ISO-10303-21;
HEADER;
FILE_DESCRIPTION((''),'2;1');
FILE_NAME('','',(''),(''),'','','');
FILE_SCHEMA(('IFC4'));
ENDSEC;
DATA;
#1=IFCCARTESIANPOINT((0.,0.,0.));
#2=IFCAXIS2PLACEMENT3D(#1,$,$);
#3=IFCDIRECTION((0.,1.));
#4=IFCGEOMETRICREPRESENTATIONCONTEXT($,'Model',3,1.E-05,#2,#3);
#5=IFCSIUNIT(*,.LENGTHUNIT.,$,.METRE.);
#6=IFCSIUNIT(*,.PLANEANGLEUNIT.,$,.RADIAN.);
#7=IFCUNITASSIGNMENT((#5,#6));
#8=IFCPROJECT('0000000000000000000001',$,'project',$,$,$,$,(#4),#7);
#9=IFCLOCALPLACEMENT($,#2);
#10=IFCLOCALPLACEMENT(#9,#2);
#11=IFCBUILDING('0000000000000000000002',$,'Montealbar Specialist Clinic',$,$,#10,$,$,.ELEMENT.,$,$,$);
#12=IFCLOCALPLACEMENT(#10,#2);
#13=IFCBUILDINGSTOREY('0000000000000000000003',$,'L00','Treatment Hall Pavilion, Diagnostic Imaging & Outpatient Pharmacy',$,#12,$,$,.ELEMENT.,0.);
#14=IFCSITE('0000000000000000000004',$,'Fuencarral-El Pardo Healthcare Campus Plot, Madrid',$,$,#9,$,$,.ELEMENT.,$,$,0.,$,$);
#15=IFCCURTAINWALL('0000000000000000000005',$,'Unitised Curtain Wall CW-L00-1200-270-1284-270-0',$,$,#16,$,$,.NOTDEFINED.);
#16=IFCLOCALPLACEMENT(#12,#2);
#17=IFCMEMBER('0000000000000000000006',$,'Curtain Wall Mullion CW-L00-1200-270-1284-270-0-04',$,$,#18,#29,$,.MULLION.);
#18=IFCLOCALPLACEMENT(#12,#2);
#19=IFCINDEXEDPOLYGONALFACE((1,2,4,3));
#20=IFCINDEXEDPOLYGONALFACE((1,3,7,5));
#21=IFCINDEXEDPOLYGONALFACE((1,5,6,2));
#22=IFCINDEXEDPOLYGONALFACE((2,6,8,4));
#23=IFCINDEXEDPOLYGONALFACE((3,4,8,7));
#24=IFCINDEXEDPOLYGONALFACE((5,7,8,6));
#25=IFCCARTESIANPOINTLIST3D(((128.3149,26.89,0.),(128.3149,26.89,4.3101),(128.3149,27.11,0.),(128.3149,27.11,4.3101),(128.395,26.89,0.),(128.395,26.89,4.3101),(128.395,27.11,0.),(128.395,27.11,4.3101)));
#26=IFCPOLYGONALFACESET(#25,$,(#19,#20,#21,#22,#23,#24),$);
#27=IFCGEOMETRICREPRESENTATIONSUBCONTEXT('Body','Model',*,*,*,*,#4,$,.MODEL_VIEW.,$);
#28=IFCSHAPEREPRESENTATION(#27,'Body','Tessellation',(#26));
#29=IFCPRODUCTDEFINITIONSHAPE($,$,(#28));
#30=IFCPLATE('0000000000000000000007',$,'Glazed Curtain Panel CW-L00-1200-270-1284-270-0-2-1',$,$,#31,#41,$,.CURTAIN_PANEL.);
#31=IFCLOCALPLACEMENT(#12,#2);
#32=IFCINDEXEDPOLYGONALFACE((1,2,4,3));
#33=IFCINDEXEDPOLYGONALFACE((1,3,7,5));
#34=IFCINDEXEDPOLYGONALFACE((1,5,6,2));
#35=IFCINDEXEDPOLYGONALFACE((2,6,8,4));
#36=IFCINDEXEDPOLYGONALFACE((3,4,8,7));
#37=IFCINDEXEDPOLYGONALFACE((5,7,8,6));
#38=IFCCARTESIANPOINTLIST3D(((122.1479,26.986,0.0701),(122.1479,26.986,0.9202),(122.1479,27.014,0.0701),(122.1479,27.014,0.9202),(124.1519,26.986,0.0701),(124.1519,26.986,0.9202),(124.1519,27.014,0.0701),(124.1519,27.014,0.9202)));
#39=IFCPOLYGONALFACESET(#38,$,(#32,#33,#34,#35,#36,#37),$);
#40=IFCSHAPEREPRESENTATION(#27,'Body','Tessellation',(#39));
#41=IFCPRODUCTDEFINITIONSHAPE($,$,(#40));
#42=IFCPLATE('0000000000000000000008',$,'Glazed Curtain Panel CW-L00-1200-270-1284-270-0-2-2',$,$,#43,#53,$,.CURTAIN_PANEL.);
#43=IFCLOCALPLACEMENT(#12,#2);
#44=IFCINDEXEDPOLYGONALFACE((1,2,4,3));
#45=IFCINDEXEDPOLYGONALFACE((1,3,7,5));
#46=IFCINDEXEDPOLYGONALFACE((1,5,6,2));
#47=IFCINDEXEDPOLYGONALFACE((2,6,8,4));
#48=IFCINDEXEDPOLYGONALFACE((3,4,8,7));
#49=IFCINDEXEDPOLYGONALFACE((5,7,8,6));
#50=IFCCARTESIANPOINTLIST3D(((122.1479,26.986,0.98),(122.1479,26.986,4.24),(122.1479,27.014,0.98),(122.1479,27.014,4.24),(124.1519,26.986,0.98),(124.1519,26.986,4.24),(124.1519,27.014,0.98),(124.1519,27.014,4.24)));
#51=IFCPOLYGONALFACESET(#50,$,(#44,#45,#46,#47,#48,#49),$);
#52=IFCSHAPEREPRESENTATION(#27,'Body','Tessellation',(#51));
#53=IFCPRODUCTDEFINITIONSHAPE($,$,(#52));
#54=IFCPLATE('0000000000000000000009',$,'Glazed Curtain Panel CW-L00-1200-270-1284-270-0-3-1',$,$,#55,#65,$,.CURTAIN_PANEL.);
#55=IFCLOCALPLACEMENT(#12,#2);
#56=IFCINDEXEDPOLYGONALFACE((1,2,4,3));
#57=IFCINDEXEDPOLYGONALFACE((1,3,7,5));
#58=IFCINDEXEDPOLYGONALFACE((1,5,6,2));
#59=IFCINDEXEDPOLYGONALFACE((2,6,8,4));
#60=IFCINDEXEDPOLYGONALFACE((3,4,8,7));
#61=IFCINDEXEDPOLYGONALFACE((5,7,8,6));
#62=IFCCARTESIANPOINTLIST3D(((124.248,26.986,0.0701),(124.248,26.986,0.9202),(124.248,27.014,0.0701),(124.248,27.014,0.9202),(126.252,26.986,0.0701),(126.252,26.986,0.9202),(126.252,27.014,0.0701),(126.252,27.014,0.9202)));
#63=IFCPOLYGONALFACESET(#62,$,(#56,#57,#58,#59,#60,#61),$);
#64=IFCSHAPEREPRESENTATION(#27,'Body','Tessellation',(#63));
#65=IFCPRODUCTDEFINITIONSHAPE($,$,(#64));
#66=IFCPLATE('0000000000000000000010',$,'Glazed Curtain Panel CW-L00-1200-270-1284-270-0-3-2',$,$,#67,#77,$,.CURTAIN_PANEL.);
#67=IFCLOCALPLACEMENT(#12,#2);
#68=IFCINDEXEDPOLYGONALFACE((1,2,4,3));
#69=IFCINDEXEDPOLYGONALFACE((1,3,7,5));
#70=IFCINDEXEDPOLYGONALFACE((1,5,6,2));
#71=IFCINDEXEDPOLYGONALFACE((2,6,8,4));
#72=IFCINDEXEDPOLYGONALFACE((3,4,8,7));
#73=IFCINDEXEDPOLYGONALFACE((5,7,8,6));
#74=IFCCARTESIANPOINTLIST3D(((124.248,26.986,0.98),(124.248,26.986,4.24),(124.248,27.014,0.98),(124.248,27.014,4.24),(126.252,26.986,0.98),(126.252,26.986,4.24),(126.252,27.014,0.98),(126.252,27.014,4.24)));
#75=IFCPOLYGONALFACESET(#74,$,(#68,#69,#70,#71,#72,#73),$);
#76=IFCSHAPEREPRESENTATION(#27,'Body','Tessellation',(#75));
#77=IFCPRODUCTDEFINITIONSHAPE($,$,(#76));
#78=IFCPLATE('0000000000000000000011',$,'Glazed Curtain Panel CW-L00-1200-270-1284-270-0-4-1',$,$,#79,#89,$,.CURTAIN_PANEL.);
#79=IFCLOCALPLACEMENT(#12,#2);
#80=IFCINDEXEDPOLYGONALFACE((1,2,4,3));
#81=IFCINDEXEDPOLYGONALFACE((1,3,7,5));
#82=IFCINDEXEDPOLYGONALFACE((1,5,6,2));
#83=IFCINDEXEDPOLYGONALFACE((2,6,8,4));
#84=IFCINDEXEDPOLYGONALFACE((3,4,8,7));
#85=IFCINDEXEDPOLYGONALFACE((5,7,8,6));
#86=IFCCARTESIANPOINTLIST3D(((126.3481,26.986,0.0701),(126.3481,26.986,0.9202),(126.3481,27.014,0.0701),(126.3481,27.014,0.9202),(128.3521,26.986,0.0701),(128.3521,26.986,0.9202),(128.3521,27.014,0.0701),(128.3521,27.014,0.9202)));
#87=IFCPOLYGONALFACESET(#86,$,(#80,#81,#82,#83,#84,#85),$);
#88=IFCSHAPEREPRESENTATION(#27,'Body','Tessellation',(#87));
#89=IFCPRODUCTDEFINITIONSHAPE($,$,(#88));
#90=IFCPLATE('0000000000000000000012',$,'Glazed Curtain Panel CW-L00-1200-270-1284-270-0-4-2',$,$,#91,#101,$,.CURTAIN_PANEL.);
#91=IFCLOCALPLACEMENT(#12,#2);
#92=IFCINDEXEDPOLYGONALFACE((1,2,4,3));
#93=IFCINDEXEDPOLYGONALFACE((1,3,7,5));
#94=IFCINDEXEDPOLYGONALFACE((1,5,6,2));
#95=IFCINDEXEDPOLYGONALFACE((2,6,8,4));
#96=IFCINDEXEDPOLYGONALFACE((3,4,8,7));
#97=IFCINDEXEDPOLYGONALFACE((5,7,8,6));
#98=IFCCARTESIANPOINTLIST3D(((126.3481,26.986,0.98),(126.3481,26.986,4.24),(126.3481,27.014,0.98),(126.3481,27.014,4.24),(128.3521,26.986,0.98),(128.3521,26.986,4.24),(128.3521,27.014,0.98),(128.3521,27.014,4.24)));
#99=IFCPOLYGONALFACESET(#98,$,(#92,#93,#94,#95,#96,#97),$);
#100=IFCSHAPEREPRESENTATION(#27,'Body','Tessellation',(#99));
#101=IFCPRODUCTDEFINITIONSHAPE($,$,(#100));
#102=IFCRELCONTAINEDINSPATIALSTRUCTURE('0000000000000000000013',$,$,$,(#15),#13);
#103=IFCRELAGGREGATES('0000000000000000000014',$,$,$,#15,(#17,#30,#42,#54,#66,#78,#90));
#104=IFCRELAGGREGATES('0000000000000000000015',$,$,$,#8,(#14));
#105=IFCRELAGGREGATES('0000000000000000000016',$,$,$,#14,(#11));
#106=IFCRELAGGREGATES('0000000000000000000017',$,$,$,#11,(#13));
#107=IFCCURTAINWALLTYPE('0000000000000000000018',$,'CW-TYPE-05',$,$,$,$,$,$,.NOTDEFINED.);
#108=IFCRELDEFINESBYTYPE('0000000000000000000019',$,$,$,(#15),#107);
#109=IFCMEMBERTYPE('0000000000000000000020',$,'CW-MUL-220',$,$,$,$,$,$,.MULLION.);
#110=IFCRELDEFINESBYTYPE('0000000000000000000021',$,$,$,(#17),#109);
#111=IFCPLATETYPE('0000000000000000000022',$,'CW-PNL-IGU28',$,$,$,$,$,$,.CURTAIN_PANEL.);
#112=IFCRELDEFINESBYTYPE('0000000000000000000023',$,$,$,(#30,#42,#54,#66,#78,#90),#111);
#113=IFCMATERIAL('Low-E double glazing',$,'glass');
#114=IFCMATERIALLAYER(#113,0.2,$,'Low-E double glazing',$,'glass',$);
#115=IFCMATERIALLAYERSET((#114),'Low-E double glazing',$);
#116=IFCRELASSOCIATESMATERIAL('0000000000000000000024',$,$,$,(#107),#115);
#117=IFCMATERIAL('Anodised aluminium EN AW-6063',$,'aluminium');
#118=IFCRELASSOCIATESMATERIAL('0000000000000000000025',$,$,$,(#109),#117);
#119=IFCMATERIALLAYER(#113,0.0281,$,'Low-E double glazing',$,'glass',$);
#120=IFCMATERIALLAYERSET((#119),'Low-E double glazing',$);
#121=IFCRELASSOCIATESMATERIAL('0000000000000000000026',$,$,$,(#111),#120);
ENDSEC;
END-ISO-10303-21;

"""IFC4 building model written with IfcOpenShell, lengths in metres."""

from ifc_helpers import new_model, si_unit, direction, frame, origin, origin_2d, place, context, subcontext, project, spatial, rectangle, extrude, material, layer, layer_set, material_profile, profile_set, type_object, element, aggregate, save


model = new_model("IFC4")

# Units and contexts
model_context = context("Model", 3, precision=1e-05, world=origin(), true_north=direction((0.0, 1.0)))
body_context = subcontext(model_context, "Body", "Model", "MODEL_VIEW")
ifc_project = project(units=[si_unit("LENGTHUNIT", "METRE"), si_unit("PLANEANGLEUNIT", "RADIAN")], contexts=[model_context])

# Site, building, storey
site_placement = place(None, origin())
site = spatial("IfcSite", under=ifc_project, at=site_placement, Name="Fuencarral-El Pardo Healthcare Campus Plot, Madrid", CompositionType="ELEMENT", RefElevation=0.0)
building_placement = place(site_placement, origin())
building = spatial("IfcBuilding", under=site, at=building_placement, Name="Montealbar Specialist Clinic", CompositionType="ELEMENT")
storey_placement = place(building_placement, origin())
storey = spatial("IfcBuildingStorey", under=building, at=storey_placement, Name="L00", Description="Treatment Hall Pavilion, Diagnostic Imaging & Outpatient Pharmacy", CompositionType="ELEMENT", Elevation=0.0)

# Curtain wall, member, plates
ifc_material_1 = material(Name="Low-E double glazing", Category="glass")
ifc_layer_1 = layer(ifc_material_1, 0.2, Name="Low-E double glazing", Category="glass")
ifc_layer_set_1 = layer_set([ifc_layer_1], Name="Low-E double glazing")
curtain_wall_type = type_object("IfcCurtainWallType", Name="CW-TYPE-05", PredefinedType="NOTDEFINED", material=ifc_layer_set_1)
curtain_wall_placement = place(storey_placement, origin())
curtain_wall = element("IfcCurtainWall", 1, at=curtain_wall_placement, inside=storey, type_object=curtain_wall_type, Name="Unitised Curtain Wall CW-L00-1200-270-1284-270-0", PredefinedType="NOTDEFINED")
ifc_material_2 = material(Name="Anodised aluminium EN AW-6063", Category="aluminium")
ifc_material_profile_1 = material_profile(ifc_material_2, rectangle(XDim=0.0801, YDim=0.22, at=origin_2d()), Name="ALU 80x220", Category="aluminium")
ifc_profile_set_1 = profile_set([ifc_material_profile_1], Name="Anodised aluminium EN AW-6063")
member_type = type_object("IfcMemberType", Name="CW-MUL-220", PredefinedType="MULLION", material=ifc_profile_set_1)
member_1_placement = place(storey_placement, frame((128.355, 27.0, 0.0), z_axis=(0.0, 0.0, 1.0), x_axis=(1.0, 0.0, 0.0)))
member_1 = element("IfcMember", 2, at=member_1_placement, type_object=member_type, Name="Curtain Wall Mullion CW-L00-1200-270-1284-270-0-04", PredefinedType="MULLION", context=body_context, shape_type="SweptSolid", body=[
    extrude(rectangle(XDim=0.0801, YDim=0.22, at=origin_2d()), origin(), (0.0, 0.0, 1.0), 4.3101),
])
ifc_layer_2 = layer(ifc_material_1, 0.0281, Name="Low-E double glazing", Category="glass")
ifc_layer_set_2 = layer_set([ifc_layer_2], Name="Low-E double glazing")
plate_type = type_object("IfcPlateType", Name="CW-PNL-IGU28", PredefinedType="CURTAIN_PANEL", material=ifc_layer_set_2)
plate_1_placement = place(storey_placement, frame((123.1499, 27.0, 0.0701), z_axis=(0.0, 0.0, 1.0), x_axis=(1.0, 0.0, 0.0)))
plate_1 = element("IfcPlate", 3, at=plate_1_placement, type_object=plate_type, Name="Glazed Curtain Panel CW-L00-1200-270-1284-270-0-2-1", PredefinedType="CURTAIN_PANEL", context=body_context, shape_type="SweptSolid", body=[
    extrude(rectangle(XDim=2.0039, YDim=0.0281, at=origin_2d()), origin(), (0.0, 0.0, 1.0), 0.8501),
])
plate_2_placement = place(storey_placement, frame((123.1499, 27.0, 0.98), z_axis=(0.0, 0.0, 1.0), x_axis=(1.0, 0.0, 0.0)))
plate_2 = element("IfcPlate", 4, at=plate_2_placement, type_object=plate_type, Name="Glazed Curtain Panel CW-L00-1200-270-1284-270-0-2-2", PredefinedType="CURTAIN_PANEL", context=body_context, shape_type="SweptSolid", body=[
    extrude(rectangle(XDim=2.0039, YDim=0.0281, at=origin_2d()), origin(), (0.0, 0.0, 1.0), 3.26),
])
plate_3_placement = place(storey_placement, frame((125.25, 27.0, 0.0701), z_axis=(0.0, 0.0, 1.0), x_axis=(1.0, 0.0, 0.0)))
plate_3 = element("IfcPlate", 5, at=plate_3_placement, type_object=plate_type, Name="Glazed Curtain Panel CW-L00-1200-270-1284-270-0-3-1", PredefinedType="CURTAIN_PANEL", context=body_context, shape_type="SweptSolid", body=[
    extrude(rectangle(XDim=2.0039, YDim=0.0281, at=origin_2d()), origin(), (0.0, 0.0, 1.0), 0.8501),
])
plate_4_placement = place(storey_placement, frame((125.25, 27.0, 0.98), z_axis=(0.0, 0.0, 1.0), x_axis=(1.0, 0.0, 0.0)))
plate_4 = element("IfcPlate", 6, at=plate_4_placement, type_object=plate_type, Name="Glazed Curtain Panel CW-L00-1200-270-1284-270-0-3-2", PredefinedType="CURTAIN_PANEL", context=body_context, shape_type="SweptSolid", body=[
    extrude(rectangle(XDim=2.0039, YDim=0.0281, at=origin_2d()), origin(), (0.0, 0.0, 1.0), 3.26),
])
plate_5_placement = place(storey_placement, frame((127.3501, 27.0, 0.0701), z_axis=(0.0, 0.0, 1.0), x_axis=(1.0, 0.0, 0.0)))
plate_5 = element("IfcPlate", 7, at=plate_5_placement, type_object=plate_type, Name="Glazed Curtain Panel CW-L00-1200-270-1284-270-0-4-1", PredefinedType="CURTAIN_PANEL", context=body_context, shape_type="SweptSolid", body=[
    extrude(rectangle(XDim=2.0039, YDim=0.0281, at=origin_2d()), origin(), (0.0, 0.0, 1.0), 0.8501),
])
plate_6_placement = place(storey_placement, frame((127.3501, 27.0, 0.98), z_axis=(0.0, 0.0, 1.0), x_axis=(1.0, 0.0, 0.0)))
plate_6 = element("IfcPlate", 8, at=plate_6_placement, type_object=plate_type, Name="Glazed Curtain Panel CW-L00-1200-270-1284-270-0-4-2", PredefinedType="CURTAIN_PANEL", context=body_context, shape_type="SweptSolid", body=[
    extrude(rectangle(XDim=2.0039, YDim=0.0281, at=origin_2d()), origin(), (0.0, 0.0, 1.0), 3.26),
])
aggregate(curtain_wall, [member_1, plate_1, plate_2, plate_3, plate_4, plate_5, plate_6])

save(model, "model.ifc")
